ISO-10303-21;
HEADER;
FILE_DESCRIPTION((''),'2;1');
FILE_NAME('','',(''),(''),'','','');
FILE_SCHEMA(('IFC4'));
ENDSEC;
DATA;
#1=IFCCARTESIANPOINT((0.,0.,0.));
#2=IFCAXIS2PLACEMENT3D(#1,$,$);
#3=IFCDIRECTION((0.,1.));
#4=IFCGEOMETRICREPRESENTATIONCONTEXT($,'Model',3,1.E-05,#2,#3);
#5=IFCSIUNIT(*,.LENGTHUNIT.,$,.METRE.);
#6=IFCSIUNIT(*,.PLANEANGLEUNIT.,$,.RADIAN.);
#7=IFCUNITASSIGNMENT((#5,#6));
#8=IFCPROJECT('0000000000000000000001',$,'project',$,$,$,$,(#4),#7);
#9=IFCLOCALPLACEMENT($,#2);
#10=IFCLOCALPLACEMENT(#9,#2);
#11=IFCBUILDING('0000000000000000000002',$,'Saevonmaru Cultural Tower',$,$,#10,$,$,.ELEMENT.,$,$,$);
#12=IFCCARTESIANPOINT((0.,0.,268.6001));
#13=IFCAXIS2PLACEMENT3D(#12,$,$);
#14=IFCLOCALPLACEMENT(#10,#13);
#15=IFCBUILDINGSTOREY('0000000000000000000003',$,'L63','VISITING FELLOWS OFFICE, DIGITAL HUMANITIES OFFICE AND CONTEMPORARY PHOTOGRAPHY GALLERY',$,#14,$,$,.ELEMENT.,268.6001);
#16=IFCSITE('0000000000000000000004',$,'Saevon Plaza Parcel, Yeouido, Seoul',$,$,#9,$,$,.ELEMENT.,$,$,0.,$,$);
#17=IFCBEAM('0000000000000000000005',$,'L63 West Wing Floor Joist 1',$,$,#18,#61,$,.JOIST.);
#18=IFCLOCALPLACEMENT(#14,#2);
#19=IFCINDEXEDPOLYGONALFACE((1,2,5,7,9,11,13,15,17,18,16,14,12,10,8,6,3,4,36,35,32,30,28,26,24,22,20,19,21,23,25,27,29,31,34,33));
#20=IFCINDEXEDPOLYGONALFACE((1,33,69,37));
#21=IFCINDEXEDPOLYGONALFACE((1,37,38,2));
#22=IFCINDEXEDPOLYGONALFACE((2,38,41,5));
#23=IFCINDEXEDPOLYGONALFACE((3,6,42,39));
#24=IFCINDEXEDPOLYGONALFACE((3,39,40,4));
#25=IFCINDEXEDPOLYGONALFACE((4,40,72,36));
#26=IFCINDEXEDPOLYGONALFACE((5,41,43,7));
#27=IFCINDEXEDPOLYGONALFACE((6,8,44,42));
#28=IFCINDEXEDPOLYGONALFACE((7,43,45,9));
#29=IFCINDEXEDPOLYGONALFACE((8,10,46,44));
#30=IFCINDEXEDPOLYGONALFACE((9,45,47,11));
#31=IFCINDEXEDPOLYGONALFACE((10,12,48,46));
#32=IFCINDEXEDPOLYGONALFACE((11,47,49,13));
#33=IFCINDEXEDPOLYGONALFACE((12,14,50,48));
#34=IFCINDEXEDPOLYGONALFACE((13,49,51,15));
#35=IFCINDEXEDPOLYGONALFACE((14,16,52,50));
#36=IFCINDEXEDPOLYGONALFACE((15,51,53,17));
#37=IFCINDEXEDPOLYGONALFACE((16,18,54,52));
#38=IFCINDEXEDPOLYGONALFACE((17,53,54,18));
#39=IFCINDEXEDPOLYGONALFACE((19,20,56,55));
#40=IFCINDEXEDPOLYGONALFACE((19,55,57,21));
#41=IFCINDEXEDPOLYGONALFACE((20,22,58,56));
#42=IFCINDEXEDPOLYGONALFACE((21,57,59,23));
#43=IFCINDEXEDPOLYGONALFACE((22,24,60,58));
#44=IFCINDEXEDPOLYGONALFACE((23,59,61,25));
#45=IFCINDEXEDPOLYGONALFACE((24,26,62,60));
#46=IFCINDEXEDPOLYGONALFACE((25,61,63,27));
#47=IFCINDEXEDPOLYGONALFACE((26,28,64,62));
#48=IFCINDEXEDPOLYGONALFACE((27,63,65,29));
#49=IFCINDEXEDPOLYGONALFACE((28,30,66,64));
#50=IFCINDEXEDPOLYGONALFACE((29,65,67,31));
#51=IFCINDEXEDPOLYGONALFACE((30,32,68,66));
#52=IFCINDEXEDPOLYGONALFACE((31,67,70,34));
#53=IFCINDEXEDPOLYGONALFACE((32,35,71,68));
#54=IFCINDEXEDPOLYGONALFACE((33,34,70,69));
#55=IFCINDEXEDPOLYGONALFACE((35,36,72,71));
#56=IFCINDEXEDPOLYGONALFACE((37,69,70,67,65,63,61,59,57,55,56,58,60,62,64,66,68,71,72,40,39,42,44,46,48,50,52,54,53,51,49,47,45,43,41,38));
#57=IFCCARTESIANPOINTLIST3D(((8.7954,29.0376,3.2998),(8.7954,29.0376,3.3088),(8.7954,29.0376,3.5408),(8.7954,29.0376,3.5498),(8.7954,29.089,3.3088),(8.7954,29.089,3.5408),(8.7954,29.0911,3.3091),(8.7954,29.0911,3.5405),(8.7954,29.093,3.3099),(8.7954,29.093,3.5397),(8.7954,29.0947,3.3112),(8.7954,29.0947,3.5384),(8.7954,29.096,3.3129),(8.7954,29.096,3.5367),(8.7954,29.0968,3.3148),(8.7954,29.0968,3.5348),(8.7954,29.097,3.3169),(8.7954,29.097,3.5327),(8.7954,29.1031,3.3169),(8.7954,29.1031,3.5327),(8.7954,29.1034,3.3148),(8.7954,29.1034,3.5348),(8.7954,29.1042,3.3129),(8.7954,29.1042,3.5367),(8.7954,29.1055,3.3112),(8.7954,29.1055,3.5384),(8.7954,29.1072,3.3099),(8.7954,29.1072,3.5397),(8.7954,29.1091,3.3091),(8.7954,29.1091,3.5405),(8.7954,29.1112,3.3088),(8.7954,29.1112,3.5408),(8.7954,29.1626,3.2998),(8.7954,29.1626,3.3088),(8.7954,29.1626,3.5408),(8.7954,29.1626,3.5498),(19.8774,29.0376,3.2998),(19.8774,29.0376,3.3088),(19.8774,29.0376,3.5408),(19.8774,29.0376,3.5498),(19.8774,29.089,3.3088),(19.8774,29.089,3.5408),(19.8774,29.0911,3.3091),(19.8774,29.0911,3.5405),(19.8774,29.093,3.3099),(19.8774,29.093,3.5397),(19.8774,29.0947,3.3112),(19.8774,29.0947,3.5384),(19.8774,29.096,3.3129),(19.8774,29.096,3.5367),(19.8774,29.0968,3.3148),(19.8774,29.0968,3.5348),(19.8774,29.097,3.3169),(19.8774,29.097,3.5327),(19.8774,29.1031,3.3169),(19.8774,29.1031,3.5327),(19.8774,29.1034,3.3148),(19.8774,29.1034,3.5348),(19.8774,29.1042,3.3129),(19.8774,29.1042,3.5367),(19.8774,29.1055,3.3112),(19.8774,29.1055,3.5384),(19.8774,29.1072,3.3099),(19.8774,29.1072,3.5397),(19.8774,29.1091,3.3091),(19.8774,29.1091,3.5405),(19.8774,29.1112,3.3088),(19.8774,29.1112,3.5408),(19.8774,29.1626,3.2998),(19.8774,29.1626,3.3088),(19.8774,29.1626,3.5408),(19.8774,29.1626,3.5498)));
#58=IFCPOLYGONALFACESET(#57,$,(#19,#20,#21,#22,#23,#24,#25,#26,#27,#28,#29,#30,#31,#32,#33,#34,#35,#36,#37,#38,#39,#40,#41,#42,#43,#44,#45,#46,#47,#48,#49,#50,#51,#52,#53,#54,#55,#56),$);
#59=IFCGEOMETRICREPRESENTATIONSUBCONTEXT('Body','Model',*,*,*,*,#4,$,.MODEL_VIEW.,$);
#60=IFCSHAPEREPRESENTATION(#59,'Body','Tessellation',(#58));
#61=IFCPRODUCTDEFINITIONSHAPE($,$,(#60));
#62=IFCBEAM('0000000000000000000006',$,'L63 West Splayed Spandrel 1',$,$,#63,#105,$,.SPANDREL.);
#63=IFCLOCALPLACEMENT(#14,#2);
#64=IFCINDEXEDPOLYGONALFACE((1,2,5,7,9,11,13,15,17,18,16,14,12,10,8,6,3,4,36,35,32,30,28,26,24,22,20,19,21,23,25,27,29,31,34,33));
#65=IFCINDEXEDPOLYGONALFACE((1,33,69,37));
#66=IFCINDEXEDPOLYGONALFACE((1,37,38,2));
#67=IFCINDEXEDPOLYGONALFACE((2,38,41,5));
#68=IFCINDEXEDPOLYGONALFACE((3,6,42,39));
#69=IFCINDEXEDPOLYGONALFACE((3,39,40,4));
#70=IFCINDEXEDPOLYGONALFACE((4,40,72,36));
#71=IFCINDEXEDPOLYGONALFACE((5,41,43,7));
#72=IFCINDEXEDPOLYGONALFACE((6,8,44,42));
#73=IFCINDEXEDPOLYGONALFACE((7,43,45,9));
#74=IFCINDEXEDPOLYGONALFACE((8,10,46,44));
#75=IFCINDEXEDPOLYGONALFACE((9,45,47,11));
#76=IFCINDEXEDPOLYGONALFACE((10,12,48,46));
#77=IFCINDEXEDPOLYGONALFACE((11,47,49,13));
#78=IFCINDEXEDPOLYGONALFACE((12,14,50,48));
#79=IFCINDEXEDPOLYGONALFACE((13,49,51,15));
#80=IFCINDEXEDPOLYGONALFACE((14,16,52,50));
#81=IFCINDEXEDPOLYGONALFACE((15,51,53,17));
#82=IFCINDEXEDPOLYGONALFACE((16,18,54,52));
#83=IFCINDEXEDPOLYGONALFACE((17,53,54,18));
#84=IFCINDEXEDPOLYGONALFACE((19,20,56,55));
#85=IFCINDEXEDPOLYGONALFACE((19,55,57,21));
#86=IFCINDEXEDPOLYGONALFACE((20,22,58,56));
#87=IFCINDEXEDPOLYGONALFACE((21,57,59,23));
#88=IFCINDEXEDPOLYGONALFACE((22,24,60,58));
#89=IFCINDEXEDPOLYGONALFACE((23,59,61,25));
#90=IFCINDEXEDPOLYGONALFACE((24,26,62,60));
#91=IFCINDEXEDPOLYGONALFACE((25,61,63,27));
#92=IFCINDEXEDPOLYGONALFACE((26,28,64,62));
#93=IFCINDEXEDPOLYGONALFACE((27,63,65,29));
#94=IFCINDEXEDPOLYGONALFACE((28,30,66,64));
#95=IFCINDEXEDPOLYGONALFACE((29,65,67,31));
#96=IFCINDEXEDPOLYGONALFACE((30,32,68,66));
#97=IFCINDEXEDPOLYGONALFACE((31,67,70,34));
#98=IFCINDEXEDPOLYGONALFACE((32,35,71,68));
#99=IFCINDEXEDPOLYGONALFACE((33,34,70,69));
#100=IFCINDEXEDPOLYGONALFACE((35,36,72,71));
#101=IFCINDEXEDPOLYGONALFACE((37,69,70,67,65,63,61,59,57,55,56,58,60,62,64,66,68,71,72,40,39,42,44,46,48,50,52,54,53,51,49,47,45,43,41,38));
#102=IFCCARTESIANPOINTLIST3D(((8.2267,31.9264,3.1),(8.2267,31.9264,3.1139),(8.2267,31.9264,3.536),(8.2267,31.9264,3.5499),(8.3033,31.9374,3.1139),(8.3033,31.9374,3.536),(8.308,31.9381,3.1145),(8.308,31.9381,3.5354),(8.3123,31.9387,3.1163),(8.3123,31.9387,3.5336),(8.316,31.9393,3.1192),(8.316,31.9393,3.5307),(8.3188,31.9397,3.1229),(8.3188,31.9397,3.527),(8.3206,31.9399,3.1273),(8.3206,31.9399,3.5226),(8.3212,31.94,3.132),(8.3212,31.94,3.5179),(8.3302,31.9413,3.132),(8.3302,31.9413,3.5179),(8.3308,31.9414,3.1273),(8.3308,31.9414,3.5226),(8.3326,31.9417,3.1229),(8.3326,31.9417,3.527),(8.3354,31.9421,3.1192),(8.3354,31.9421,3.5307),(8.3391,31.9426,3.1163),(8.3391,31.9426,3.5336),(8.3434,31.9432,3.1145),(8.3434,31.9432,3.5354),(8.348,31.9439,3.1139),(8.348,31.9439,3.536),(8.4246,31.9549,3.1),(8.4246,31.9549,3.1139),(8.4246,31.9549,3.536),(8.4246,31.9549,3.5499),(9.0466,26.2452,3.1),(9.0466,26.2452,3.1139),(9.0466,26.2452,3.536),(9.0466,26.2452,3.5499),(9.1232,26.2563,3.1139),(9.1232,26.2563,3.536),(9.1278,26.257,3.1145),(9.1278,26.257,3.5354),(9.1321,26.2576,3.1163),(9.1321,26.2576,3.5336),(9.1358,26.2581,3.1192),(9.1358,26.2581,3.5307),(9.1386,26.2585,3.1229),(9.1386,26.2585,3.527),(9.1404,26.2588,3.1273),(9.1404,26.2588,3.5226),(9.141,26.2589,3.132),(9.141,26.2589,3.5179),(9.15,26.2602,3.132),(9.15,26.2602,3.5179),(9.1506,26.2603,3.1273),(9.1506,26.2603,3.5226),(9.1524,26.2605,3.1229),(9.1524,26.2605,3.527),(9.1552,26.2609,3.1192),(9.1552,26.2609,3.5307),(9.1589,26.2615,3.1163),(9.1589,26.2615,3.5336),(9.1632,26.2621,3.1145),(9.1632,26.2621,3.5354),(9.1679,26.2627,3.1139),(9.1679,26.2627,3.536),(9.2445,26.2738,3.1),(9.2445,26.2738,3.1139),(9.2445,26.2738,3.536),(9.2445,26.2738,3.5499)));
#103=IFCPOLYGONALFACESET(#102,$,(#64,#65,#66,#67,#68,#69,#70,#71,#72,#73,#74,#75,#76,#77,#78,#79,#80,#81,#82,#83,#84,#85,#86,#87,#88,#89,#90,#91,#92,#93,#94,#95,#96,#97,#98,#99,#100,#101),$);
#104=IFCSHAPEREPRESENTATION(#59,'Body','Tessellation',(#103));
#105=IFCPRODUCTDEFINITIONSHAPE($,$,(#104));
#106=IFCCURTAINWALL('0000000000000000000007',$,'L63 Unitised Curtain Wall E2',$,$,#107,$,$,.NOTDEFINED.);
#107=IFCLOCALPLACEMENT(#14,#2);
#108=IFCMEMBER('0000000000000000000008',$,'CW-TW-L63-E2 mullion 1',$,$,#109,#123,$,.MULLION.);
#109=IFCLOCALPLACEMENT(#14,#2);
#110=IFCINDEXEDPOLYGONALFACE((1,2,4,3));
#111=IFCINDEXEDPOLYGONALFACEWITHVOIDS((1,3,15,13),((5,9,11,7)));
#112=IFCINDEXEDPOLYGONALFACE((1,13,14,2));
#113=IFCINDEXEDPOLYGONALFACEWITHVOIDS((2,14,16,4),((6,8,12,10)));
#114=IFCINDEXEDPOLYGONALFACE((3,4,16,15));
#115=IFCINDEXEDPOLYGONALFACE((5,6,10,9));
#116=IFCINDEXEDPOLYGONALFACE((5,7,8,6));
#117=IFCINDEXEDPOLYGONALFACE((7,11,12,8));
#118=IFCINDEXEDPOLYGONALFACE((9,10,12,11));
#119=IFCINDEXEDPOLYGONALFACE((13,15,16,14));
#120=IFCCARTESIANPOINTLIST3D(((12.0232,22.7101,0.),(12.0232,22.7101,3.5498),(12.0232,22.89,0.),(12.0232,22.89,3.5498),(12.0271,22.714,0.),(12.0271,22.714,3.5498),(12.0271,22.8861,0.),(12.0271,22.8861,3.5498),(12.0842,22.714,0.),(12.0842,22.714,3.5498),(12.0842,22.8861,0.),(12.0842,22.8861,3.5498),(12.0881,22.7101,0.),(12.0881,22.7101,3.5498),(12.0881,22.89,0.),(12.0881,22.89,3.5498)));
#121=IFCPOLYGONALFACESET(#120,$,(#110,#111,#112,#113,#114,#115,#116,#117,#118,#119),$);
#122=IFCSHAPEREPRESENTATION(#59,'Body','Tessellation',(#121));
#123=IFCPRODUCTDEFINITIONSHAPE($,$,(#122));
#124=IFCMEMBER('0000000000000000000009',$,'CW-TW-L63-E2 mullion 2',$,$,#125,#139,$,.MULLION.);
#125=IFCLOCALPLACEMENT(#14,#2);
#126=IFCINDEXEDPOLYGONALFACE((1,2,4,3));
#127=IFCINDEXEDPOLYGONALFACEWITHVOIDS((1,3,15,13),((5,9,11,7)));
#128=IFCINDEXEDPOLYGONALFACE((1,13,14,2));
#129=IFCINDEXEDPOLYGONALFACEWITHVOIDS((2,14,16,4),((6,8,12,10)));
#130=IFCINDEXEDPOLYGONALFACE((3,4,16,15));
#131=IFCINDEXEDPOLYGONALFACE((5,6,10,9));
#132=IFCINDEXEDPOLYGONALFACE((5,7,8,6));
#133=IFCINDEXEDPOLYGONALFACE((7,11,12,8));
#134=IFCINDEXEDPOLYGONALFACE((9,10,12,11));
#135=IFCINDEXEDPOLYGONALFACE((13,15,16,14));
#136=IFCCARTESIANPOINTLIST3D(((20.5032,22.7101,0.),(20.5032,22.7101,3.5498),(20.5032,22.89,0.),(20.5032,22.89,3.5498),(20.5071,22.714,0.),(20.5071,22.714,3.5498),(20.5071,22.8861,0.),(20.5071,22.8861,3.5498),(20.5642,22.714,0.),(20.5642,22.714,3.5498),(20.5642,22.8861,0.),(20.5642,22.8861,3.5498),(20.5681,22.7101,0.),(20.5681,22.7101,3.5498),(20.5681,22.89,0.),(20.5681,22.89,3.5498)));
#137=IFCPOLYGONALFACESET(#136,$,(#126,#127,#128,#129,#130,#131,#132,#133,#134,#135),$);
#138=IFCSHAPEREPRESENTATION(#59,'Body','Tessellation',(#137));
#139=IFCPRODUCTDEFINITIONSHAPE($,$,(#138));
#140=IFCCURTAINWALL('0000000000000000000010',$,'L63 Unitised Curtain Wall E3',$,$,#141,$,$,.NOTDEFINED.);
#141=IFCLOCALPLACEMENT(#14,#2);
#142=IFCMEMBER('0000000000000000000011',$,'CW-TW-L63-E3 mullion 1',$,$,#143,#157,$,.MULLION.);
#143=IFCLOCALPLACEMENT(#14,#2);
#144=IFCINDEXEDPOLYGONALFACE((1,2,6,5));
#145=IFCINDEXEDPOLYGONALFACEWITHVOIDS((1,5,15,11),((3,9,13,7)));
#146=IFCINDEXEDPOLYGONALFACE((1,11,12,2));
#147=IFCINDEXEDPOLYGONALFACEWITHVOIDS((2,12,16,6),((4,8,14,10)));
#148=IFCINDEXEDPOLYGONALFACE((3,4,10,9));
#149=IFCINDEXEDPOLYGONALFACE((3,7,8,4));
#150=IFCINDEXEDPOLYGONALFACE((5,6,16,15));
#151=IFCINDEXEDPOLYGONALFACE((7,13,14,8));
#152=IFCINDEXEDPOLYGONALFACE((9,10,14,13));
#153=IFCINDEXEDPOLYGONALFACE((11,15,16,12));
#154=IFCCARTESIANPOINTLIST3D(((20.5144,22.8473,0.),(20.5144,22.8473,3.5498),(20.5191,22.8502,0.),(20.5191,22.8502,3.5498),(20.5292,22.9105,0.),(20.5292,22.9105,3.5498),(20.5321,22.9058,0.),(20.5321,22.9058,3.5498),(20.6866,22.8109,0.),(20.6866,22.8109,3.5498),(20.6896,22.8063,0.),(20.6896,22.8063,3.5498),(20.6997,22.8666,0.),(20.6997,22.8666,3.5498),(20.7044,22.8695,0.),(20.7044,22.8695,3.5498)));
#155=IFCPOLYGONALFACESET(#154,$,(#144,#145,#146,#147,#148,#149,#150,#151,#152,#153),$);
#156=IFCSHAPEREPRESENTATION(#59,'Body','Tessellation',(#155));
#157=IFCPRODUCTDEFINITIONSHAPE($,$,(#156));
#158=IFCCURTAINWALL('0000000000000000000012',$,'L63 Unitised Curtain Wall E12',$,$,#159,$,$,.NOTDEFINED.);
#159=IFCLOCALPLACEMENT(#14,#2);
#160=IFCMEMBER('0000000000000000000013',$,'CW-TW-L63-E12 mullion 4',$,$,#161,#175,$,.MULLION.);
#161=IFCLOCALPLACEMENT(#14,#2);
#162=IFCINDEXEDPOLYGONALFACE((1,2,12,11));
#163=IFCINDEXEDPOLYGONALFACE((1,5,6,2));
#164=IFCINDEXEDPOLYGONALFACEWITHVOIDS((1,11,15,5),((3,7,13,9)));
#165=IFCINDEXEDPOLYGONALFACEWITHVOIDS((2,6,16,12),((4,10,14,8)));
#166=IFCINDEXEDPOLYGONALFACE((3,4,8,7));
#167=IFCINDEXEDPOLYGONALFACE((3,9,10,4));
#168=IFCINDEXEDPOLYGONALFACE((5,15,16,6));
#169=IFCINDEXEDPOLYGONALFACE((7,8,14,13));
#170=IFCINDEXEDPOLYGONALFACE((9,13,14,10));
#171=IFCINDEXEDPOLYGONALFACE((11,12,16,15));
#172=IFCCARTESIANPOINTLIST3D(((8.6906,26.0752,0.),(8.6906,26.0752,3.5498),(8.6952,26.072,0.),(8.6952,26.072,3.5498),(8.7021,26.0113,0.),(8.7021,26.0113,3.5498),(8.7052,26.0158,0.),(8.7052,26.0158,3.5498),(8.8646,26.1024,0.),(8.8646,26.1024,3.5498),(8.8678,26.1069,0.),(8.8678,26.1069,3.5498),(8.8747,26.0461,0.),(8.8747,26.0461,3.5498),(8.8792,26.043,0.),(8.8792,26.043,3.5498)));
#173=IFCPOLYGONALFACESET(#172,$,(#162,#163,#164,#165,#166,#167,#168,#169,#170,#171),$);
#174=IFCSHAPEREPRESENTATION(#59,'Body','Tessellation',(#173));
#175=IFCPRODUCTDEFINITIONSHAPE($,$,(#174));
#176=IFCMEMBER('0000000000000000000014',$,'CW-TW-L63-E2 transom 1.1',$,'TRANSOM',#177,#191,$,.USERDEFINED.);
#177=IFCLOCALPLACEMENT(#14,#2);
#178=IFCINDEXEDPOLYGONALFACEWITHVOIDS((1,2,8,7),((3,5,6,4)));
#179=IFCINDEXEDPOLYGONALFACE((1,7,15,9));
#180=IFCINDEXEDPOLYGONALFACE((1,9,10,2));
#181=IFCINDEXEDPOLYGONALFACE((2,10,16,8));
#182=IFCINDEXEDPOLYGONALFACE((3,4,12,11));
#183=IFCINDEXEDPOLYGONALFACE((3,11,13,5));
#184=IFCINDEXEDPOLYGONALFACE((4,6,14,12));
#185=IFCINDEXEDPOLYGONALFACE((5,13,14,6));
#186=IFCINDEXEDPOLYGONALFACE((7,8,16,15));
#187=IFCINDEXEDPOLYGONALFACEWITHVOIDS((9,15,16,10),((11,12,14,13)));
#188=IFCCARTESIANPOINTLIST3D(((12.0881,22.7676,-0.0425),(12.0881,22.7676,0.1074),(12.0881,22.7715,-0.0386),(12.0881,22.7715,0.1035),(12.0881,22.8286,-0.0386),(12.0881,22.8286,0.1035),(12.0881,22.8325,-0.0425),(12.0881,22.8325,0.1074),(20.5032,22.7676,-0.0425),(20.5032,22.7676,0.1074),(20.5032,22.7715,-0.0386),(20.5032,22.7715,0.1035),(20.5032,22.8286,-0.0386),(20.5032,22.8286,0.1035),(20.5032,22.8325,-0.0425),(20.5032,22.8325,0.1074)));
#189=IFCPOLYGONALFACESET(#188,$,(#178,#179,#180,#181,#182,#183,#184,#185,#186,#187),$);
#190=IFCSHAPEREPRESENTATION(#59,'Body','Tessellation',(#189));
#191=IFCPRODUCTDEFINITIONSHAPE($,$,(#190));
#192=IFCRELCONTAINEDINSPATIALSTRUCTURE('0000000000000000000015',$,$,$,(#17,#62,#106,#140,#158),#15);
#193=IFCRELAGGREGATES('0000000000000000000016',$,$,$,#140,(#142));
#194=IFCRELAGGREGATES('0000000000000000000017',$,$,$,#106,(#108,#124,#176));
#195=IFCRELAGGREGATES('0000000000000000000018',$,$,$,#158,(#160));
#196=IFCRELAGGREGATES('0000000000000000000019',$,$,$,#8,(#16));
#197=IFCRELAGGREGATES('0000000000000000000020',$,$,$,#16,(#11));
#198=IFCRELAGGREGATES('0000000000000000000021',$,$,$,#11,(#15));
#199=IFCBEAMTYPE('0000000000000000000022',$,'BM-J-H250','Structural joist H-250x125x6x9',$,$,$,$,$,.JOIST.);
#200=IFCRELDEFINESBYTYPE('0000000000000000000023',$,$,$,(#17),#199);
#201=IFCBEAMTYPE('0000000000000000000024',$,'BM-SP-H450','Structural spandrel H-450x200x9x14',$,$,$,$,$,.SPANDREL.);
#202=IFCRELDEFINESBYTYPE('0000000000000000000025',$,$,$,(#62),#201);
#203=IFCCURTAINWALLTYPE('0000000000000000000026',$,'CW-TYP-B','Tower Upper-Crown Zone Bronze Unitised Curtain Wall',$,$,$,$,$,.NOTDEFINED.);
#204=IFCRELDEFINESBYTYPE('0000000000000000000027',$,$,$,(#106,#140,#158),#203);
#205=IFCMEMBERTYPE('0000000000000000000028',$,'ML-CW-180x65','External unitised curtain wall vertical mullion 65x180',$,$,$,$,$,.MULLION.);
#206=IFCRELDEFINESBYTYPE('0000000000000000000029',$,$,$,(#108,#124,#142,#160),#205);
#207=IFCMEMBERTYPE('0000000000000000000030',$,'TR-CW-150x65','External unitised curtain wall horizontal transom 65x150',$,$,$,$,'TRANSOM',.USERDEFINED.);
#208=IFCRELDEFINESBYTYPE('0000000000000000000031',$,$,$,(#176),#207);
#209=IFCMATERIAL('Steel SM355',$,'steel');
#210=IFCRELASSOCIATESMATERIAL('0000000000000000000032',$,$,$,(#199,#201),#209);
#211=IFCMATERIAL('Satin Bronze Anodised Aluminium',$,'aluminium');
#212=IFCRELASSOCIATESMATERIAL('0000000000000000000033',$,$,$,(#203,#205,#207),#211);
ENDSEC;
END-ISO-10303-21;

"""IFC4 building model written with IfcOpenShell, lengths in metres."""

from ifc_helpers import new_model, si_unit, direction, frame, origin, origin_2d, place, context, subcontext, project, spatial, hollow_rectangle, i_section, extrude, material, material_profile, profile_set, type_object, element, aggregate, save


model = new_model("IFC4")

# Units and contexts
model_context = context("Model", 3, precision=1e-05, world=origin(), true_north=direction((0.0, 1.0)))
body_context = subcontext(model_context, "Body", "Model", "MODEL_VIEW")
ifc_project = project(units=[si_unit("LENGTHUNIT", "METRE"), si_unit("PLANEANGLEUNIT", "RADIAN")], contexts=[model_context])

# Site, building, storey
site_placement = place(None, origin())
site = spatial("IfcSite", under=ifc_project, at=site_placement, Name="Saevon Plaza Parcel, Yeouido, Seoul", CompositionType="ELEMENT", RefElevation=0.0)
building_placement = place(site_placement, origin())
building = spatial("IfcBuilding", under=site, at=building_placement, Name="Saevonmaru Cultural Tower", CompositionType="ELEMENT")
storey_placement = place(building_placement, frame((0.0, 0.0, 268.6001)))
storey = spatial("IfcBuildingStorey", under=building, at=storey_placement, Name="L63", Description="VISITING FELLOWS OFFICE, DIGITAL HUMANITIES OFFICE AND CONTEMPORARY PHOTOGRAPHY GALLERY", CompositionType="ELEMENT", Elevation=268.6001)

# Shared definitions
ifc_material_1 = material(Name="Steel SM355", Category="steel")

# Beams
ifc_material_profile_1 = material_profile(ifc_material_1, i_section(OverallWidth=0.125, OverallDepth=0.25, WebThickness=0.0061, FlangeThickness=0.009, FilletRadius=0.0081, at=origin_2d()), Name="H-250x125x6x9")
ifc_profile_set_1 = profile_set([ifc_material_profile_1], Name="Steel SM355")
beam_type_1 = type_object("IfcBeamType", Name="BM-J-H250", Description="Structural joist H-250x125x6x9", PredefinedType="JOIST", material=ifc_profile_set_1)
beam_1_placement = place(storey_placement, frame((8.7954, 29.1001, 3.4248), z_axis=(1.0, 0.0, 0.0), x_axis=(0.0, 1.0, 0.0)))
element("IfcBeam", 1, at=beam_1_placement, inside=storey, type_object=beam_type_1, Name="L63 West Wing Floor Joist 1", PredefinedType="JOIST", context=body_context, shape_type="SweptSolid", body=[
    extrude(i_section(OverallWidth=0.125, OverallDepth=0.25, WebThickness=0.0061, FlangeThickness=0.009, FilletRadius=0.0081, at=origin_2d()), origin(), (0.0, 0.0, 1.0), 11.082),
])
ifc_material_profile_2 = material_profile(ifc_material_1, i_section(OverallWidth=0.2, OverallDepth=0.45, WebThickness=0.009, FlangeThickness=0.0139, FilletRadius=0.0181, at=origin_2d()), Name="H-450x200x9x14")
ifc_profile_set_2 = profile_set([ifc_material_profile_2], Name="Steel SM355")
beam_type_2 = type_object("IfcBeamType", Name="BM-SP-H450", Description="Structural spandrel H-450x200x9x14", PredefinedType="SPANDREL", material=ifc_profile_set_2)
beam_2_placement = place(storey_placement, frame((9.1455, 26.2595, 3.325), z_axis=(-0.142827, 0.989748, 0.0), x_axis=(-0.989748, -0.142827, 0.0)))
element("IfcBeam", 2, at=beam_2_placement, inside=storey, type_object=beam_type_2, Name="L63 West Splayed Spandrel 1", PredefinedType="SPANDREL", context=body_context, shape_type="SweptSolid", body=[
    extrude(i_section(OverallWidth=0.2, OverallDepth=0.45, WebThickness=0.009, FlangeThickness=0.0139, FilletRadius=0.0181, at=origin_2d()), origin(), (0.0, 0.0, 1.0), 5.74),
])

# Curtain wall, members
ifc_material_2 = material(Name="Satin Bronze Anodised Aluminium", Category="aluminium")
curtain_wall_type = type_object("IfcCurtainWallType", Name="CW-TYP-B", Description="Tower Upper-Crown Zone Bronze Unitised Curtain Wall", PredefinedType="NOTDEFINED", material=ifc_material_2)
curtain_wall_1_placement = place(storey_placement, origin())
curtain_wall_1 = element("IfcCurtainWall", 3, at=curtain_wall_1_placement, inside=storey, type_object=curtain_wall_type, Name="L63 Unitised Curtain Wall E2", PredefinedType="NOTDEFINED")
ifc_material_profile_3 = material_profile(ifc_material_2, hollow_rectangle(XDim=0.0649, YDim=0.1799, WallThickness=0.0039, at=origin_2d()), Name="ALU-MULL-180x65x4")
ifc_profile_set_3 = profile_set([ifc_material_profile_3], Name="Satin Bronze Anodised Aluminium")
member_type_1 = type_object("IfcMemberType", Name="ML-CW-180x65", Description="External unitised curtain wall vertical mullion 65x180", PredefinedType="MULLION", material=ifc_profile_set_3)
member_1_placement = place(storey_placement, frame((12.0557, 22.8, 0.0), z_axis=(0.0, 0.0, 1.0), x_axis=(1.0, 0.0, 0.0)))
member_1 = element("IfcMember", 4, at=member_1_placement, type_object=member_type_1, Name="CW-TW-L63-E2 mullion 1", PredefinedType="MULLION", context=body_context, shape_type="SweptSolid", body=[
    extrude(hollow_rectangle(XDim=0.0649, YDim=0.1799, WallThickness=0.0039, at=origin_2d()), origin(), (0.0, 0.0, 1.0), 3.5498),
])
member_2_placement = place(storey_placement, frame((20.5356, 22.8, 0.0), z_axis=(0.0, 0.0, 1.0), x_axis=(1.0, 0.0, 0.0)))
member_2 = element("IfcMember", 5, at=member_2_placement, type_object=member_type_1, Name="CW-TW-L63-E2 mullion 2", PredefinedType="MULLION", context=body_context, shape_type="SweptSolid", body=[
    extrude(hollow_rectangle(XDim=0.0649, YDim=0.1799, WallThickness=0.0039, at=origin_2d()), origin(), (0.0, 0.0, 1.0), 3.5498),
])

# Curtain walls, members
curtain_wall_2_placement = place(storey_placement, origin())
curtain_wall_2 = element("IfcCurtainWall", 6, at=curtain_wall_2_placement, inside=storey, type_object=curtain_wall_type, Name="L63 Unitised Curtain Wall E3", PredefinedType="NOTDEFINED")
member_3_placement = place(storey_placement, frame((20.6094, 22.8584, 0.0), z_axis=(0.0, 0.0, 1.0), x_axis=(0.22819, 0.973617, 0.0)))
member_3 = element("IfcMember", 7, at=member_3_placement, type_object=member_type_1, Name="CW-TW-L63-E3 mullion 1", PredefinedType="MULLION", context=body_context, shape_type="SweptSolid", body=[
    extrude(hollow_rectangle(XDim=0.0649, YDim=0.1799, WallThickness=0.0039, at=origin_2d()), origin(), (0.0, 0.0, 1.0), 3.5498),
])
aggregate(curtain_wall_2, [member_3])
curtain_wall_3_placement = place(storey_placement, origin())
curtain_wall_3 = element("IfcCurtainWall", 8, at=curtain_wall_3_placement, inside=storey, type_object=curtain_wall_type, Name="L63 Unitised Curtain Wall E12", PredefinedType="NOTDEFINED")
member_4_placement = place(storey_placement, frame((8.7849, 26.0591, 0.0), z_axis=(0.0, 0.0, 1.0), x_axis=(0.176141, -0.984365, 0.0)))
member_4 = element("IfcMember", 9, at=member_4_placement, type_object=member_type_1, Name="CW-TW-L63-E12 mullion 4", PredefinedType="MULLION", context=body_context, shape_type="SweptSolid", body=[
    extrude(hollow_rectangle(XDim=0.0649, YDim=0.1799, WallThickness=0.0039, at=origin_2d()), origin(), (0.0, 0.0, 1.0), 3.5498),
])

# Member
ifc_material_profile_4 = material_profile(ifc_material_2, hollow_rectangle(XDim=0.0649, YDim=0.1499, WallThickness=0.0039, at=origin_2d()), Name="ALU-TRAN-150x65x4")
ifc_profile_set_4 = profile_set([ifc_material_profile_4], Name="Satin Bronze Anodised Aluminium")
member_type_2 = type_object("IfcMemberType", Name="TR-CW-150x65", Description="External unitised curtain wall horizontal transom 65x150", ElementType="TRANSOM", PredefinedType="USERDEFINED", material=ifc_profile_set_4)
member_5_placement = place(storey_placement, frame((12.0881, 22.8, 0.0325), z_axis=(1.0, 0.0, 0.0), x_axis=(0.0, 1.0, 0.0)))
member_5 = element("IfcMember", 10, at=member_5_placement, type_object=member_type_2, Name="CW-TW-L63-E2 transom 1.1", ObjectType="TRANSOM", PredefinedType="USERDEFINED", context=body_context, shape_type="SweptSolid", body=[
    extrude(hollow_rectangle(XDim=0.0649, YDim=0.1499, WallThickness=0.0039, at=origin_2d()), origin(), (0.0, 0.0, 1.0), 8.415),
])

aggregate(curtain_wall_1, [member_1, member_2, member_5])
aggregate(curtain_wall_3, [member_4])

save(model, "model.ifc")
